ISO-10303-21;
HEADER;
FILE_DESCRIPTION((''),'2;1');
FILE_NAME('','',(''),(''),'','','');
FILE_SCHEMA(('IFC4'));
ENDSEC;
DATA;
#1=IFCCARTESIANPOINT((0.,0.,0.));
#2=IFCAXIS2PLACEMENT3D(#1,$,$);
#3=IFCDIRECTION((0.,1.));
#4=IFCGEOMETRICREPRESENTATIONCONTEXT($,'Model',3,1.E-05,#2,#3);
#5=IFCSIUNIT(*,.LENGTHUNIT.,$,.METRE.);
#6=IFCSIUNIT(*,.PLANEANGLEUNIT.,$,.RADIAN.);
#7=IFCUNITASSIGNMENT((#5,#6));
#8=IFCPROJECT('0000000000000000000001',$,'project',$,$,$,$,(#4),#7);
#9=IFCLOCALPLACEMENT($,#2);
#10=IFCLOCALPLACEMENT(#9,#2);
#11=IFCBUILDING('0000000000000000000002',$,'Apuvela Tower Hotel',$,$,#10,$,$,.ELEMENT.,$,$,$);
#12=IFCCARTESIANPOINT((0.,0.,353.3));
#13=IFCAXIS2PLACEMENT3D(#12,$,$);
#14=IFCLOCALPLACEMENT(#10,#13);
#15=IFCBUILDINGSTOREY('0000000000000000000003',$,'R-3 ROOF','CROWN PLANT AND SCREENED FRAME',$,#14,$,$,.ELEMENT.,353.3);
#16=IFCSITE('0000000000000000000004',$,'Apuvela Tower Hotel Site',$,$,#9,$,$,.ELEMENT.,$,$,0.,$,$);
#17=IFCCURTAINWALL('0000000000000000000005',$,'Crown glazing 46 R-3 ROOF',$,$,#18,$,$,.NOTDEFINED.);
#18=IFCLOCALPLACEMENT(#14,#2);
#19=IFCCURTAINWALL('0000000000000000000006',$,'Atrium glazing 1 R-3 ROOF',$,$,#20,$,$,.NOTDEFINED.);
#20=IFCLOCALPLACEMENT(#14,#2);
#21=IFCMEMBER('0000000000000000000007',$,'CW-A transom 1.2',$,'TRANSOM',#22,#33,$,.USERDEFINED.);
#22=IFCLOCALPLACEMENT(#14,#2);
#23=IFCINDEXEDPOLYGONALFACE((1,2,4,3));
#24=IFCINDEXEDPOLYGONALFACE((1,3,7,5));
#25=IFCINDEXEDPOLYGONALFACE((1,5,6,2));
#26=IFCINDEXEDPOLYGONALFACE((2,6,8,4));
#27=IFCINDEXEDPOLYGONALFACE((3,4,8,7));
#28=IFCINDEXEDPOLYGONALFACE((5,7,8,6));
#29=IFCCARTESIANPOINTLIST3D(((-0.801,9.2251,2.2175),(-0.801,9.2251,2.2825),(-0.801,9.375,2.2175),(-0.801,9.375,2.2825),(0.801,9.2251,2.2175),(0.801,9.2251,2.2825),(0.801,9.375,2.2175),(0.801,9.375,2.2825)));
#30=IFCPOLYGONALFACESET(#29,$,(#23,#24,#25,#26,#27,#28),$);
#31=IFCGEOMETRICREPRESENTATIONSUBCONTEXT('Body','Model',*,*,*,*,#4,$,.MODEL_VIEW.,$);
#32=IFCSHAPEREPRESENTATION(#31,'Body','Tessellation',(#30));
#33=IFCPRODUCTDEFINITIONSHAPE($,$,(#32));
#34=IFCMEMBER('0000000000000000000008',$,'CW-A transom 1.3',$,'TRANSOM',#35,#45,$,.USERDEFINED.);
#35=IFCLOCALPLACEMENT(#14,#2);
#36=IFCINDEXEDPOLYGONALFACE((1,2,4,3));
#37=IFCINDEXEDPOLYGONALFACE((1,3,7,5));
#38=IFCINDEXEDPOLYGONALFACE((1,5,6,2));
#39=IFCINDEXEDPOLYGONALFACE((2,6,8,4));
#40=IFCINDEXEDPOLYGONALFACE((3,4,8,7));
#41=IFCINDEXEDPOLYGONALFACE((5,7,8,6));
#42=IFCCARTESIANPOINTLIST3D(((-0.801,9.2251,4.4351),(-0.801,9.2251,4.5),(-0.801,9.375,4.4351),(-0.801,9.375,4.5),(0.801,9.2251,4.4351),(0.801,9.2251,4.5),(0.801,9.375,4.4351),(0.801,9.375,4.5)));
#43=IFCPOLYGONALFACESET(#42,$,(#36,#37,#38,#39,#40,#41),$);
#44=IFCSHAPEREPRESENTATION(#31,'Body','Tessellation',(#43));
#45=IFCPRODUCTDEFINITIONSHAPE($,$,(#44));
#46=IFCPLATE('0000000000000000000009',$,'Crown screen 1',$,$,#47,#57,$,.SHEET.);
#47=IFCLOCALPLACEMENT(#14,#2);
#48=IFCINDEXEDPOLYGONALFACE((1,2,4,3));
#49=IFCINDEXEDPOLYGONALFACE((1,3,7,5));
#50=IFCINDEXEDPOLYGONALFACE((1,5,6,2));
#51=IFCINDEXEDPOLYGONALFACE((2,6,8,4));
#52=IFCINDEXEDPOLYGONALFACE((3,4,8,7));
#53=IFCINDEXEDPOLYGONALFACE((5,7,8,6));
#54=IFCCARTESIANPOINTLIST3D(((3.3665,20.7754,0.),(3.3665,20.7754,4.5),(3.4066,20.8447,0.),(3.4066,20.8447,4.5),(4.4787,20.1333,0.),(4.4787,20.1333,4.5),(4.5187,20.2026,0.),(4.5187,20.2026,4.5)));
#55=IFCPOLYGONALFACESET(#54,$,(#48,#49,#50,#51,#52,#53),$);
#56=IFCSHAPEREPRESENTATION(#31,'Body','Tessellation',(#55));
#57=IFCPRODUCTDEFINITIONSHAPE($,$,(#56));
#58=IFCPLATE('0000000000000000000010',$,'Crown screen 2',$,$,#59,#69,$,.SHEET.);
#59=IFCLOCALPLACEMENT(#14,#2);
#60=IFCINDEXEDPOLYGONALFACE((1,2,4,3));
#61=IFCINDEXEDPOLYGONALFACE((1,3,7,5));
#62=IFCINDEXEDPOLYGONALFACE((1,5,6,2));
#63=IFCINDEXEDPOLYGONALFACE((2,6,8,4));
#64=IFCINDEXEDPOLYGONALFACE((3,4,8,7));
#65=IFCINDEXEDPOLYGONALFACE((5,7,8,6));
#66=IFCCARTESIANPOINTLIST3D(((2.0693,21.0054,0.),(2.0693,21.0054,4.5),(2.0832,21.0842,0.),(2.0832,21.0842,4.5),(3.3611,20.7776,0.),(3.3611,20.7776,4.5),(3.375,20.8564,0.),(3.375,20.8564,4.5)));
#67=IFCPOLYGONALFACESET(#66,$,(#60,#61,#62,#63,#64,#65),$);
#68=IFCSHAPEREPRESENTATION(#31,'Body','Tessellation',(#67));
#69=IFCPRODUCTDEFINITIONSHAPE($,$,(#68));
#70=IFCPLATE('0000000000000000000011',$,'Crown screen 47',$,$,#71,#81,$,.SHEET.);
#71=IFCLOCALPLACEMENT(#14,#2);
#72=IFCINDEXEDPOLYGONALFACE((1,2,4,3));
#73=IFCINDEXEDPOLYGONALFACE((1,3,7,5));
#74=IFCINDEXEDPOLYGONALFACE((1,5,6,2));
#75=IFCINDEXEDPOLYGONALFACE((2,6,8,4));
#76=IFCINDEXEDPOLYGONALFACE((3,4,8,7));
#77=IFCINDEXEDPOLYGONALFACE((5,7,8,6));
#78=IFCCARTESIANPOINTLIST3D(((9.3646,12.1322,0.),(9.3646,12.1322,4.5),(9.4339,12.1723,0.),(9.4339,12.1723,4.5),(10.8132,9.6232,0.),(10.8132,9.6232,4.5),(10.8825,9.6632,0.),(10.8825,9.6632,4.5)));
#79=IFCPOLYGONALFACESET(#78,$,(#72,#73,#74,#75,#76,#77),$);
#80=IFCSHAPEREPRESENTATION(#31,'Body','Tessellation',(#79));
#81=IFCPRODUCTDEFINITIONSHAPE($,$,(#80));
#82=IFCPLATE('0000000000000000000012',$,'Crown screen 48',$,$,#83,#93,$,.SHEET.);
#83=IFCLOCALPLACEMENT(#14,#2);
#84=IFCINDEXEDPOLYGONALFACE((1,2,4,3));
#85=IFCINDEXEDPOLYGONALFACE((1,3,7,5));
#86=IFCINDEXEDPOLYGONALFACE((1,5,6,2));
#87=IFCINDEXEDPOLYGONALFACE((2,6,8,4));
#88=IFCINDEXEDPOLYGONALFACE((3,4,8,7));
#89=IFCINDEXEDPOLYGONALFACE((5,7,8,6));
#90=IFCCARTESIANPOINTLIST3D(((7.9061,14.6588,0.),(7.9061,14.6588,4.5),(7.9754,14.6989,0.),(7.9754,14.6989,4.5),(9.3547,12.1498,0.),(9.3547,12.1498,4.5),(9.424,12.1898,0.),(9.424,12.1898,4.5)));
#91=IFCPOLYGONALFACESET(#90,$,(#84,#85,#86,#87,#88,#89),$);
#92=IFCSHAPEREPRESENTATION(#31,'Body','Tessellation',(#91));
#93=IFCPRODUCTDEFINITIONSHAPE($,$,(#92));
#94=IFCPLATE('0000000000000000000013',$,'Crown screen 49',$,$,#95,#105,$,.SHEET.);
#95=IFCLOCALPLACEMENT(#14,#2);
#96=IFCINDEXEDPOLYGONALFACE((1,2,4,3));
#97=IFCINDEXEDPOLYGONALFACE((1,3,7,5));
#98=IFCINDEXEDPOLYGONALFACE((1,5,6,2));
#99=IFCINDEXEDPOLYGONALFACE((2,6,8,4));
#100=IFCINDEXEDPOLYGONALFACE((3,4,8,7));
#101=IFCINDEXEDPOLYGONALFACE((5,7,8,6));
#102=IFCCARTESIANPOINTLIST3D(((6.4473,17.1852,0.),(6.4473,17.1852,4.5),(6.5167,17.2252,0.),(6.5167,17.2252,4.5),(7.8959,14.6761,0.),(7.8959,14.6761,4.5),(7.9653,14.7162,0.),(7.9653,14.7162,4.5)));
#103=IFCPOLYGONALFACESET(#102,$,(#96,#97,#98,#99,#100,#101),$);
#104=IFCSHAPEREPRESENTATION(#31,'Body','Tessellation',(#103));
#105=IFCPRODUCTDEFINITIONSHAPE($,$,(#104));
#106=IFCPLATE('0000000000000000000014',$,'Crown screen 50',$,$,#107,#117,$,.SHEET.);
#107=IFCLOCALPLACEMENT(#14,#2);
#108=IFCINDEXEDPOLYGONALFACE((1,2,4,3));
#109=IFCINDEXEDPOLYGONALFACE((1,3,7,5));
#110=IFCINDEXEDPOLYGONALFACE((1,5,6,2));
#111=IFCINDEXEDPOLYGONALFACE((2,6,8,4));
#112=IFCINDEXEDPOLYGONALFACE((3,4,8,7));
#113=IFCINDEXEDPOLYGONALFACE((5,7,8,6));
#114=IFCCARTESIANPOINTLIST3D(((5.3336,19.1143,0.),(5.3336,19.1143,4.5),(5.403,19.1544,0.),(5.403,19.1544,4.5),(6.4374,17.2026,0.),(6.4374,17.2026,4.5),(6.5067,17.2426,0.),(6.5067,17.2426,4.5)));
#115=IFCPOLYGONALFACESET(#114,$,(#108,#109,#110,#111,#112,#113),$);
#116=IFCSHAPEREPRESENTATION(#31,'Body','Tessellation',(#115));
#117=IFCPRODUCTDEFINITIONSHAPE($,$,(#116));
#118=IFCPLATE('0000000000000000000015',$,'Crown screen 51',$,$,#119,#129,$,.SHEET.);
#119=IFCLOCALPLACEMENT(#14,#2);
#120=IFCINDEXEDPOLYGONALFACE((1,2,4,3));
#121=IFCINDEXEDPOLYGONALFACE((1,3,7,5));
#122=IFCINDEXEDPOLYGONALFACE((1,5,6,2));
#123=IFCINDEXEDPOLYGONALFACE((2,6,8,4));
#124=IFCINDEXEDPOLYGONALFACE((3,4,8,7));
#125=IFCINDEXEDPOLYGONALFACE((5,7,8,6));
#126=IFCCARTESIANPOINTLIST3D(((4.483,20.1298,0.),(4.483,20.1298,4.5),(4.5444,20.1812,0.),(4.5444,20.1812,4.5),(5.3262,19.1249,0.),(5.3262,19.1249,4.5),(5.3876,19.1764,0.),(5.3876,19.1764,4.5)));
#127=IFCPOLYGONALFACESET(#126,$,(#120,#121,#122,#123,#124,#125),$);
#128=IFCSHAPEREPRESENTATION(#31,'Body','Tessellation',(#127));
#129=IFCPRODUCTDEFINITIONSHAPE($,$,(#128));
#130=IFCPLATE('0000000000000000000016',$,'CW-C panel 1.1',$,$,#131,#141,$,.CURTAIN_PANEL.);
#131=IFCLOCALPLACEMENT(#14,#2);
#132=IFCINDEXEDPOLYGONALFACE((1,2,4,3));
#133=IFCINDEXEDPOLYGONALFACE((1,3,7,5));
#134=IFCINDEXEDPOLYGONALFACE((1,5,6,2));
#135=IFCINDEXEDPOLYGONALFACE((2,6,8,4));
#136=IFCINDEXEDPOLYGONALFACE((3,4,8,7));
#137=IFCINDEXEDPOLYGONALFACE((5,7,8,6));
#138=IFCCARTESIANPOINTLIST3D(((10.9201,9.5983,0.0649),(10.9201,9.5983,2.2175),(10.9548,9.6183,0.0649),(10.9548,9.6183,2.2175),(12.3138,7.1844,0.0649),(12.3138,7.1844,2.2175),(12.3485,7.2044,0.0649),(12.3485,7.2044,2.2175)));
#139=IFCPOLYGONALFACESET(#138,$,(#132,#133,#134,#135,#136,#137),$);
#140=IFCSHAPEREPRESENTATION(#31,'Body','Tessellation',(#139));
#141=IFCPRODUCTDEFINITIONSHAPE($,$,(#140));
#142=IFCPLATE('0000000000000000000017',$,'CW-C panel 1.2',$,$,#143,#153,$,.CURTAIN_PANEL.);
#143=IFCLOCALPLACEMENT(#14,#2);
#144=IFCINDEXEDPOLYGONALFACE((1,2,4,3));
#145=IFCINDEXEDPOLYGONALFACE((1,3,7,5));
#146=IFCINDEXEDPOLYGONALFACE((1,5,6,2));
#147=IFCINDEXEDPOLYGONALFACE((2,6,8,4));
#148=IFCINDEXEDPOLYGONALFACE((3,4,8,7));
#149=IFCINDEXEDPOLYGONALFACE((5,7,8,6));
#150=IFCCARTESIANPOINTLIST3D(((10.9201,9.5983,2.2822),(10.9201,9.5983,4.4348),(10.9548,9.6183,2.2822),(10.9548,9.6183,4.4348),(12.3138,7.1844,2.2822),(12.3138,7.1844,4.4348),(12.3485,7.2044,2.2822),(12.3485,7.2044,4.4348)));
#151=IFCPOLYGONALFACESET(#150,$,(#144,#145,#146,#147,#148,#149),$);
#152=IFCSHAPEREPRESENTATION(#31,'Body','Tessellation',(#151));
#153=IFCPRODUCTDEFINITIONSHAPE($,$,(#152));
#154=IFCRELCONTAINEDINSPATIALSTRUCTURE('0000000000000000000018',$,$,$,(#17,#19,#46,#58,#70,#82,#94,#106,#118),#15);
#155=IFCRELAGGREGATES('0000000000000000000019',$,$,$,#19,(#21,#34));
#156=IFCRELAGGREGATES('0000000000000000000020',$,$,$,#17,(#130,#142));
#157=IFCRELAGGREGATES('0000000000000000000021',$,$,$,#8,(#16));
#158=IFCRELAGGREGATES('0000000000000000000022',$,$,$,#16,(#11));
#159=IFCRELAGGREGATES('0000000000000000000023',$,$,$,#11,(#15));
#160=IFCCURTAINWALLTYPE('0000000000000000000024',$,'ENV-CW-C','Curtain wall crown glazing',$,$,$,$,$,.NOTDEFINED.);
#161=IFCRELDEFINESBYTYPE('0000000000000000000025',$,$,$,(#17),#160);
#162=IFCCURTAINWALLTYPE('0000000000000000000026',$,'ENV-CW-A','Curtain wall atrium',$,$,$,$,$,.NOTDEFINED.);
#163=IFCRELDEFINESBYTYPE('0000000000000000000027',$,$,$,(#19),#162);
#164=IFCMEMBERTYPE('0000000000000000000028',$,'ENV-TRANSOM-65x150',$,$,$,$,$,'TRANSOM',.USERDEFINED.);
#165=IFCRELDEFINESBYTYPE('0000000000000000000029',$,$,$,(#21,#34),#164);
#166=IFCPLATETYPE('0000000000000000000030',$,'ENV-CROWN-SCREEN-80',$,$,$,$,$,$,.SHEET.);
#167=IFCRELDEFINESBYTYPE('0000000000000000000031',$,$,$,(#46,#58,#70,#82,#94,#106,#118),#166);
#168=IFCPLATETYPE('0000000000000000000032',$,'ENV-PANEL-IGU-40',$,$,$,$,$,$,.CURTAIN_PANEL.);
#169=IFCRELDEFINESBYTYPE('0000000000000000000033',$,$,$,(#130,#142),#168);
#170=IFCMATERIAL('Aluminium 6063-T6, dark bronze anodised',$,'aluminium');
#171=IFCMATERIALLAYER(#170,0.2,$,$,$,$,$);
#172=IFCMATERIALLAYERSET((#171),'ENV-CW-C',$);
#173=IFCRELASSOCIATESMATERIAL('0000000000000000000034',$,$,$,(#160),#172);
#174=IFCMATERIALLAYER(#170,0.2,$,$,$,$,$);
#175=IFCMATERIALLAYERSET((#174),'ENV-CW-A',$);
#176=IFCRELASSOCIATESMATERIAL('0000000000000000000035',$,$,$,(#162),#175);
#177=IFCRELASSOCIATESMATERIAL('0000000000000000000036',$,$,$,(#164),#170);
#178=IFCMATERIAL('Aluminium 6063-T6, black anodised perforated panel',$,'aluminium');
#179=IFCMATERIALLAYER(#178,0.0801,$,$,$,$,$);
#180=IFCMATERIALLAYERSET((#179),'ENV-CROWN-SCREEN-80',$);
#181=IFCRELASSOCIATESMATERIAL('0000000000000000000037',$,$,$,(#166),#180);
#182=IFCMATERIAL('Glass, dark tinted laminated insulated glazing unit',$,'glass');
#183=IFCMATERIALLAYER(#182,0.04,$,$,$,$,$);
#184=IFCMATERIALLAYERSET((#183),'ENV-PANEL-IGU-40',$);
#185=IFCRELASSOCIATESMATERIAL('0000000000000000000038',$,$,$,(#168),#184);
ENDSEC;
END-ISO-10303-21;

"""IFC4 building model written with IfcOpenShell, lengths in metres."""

from ifc_helpers import new_model, si_unit, direction, frame, origin, origin_2d, place, context, subcontext, project, spatial, rectangle, extrude, material, layer, layer_set, material_profile, profile_set, type_object, element, aggregate, save


model = new_model("IFC4")

# Units and contexts
model_context = context("Model", 3, precision=1e-05, world=origin(), true_north=direction((0.0, 1.0)))
body_context = subcontext(model_context, "Body", "Model", "MODEL_VIEW")
ifc_project = project(units=[si_unit("LENGTHUNIT", "METRE"), si_unit("PLANEANGLEUNIT", "RADIAN")], contexts=[model_context])

# Site, building, storey
site_placement = place(None, origin())
site = spatial("IfcSite", under=ifc_project, at=site_placement, Name="Apuvela Tower Hotel Site", CompositionType="ELEMENT", RefElevation=0.0)
building_placement = place(site_placement, origin())
building = spatial("IfcBuilding", under=site, at=building_placement, Name="Apuvela Tower Hotel", CompositionType="ELEMENT")
storey_placement = place(building_placement, frame((0.0, 0.0, 353.3)))
storey = spatial("IfcBuildingStorey", under=building, at=storey_placement, Name="R-3 ROOF", Description="CROWN PLANT AND SCREENED FRAME", CompositionType="ELEMENT", Elevation=353.3)

# Curtain walls
ifc_material_1 = material(Name="Aluminium 6063-T6, dark bronze anodised", Category="aluminium")
ifc_layer_1 = layer(ifc_material_1, 0.2)
ifc_layer_set_1 = layer_set([ifc_layer_1], Name="ENV-CW-C")
curtain_wall_type_1 = type_object("IfcCurtainWallType", Name="ENV-CW-C", Description="Curtain wall crown glazing", PredefinedType="NOTDEFINED", material=ifc_layer_set_1)
curtain_wall_1_placement = place(storey_placement, origin())
curtain_wall_1 = element("IfcCurtainWall", 1, at=curtain_wall_1_placement, inside=storey, type_object=curtain_wall_type_1, Name="Crown glazing 46 R-3 ROOF", PredefinedType="NOTDEFINED")
ifc_layer_2 = layer(ifc_material_1, 0.2)
ifc_layer_set_2 = layer_set([ifc_layer_2], Name="ENV-CW-A")
curtain_wall_type_2 = type_object("IfcCurtainWallType", Name="ENV-CW-A", Description="Curtain wall atrium", PredefinedType="NOTDEFINED", material=ifc_layer_set_2)
curtain_wall_2_placement = place(storey_placement, origin())
curtain_wall_2 = element("IfcCurtainWall", 2, at=curtain_wall_2_placement, inside=storey, type_object=curtain_wall_type_2, Name="Atrium glazing 1 R-3 ROOF", PredefinedType="NOTDEFINED")

# Members
ifc_material_profile_1 = material_profile(ifc_material_1, rectangle(XDim=0.1499, YDim=0.0649, at=origin_2d()), Name="AL 65x150 transom")
ifc_profile_set_1 = profile_set([ifc_material_profile_1], Name="Aluminium 6063-T6, dark bronze anodised")
member_type_1 = type_object("IfcMemberType", Name="ENV-TRANSOM-65x150", ElementType="TRANSOM", PredefinedType="USERDEFINED", material=ifc_profile_set_1)
member_1_placement = place(storey_placement, frame((0.801, 9.3, 2.25), z_axis=(-1.0, 0.0, 0.0), x_axis=(0.0, -1.0, 0.0)))
member_1 = element("IfcMember", 3, at=member_1_placement, type_object=member_type_1, Name="CW-A transom 1.2", ObjectType="TRANSOM", PredefinedType="USERDEFINED", context=body_context, shape_type="SweptSolid", body=[
    extrude(rectangle(XDim=0.1499, YDim=0.0649, at=origin_2d()), origin(), (0.0, 0.0, 1.0), 1.6021),
])
member_2_placement = place(storey_placement, frame((0.801, 9.3, 4.4675), z_axis=(-1.0, 0.0, 0.0), x_axis=(0.0, -1.0, 0.0)))
member_2 = element("IfcMember", 4, at=member_2_placement, type_object=member_type_1, Name="CW-A transom 1.3", ObjectType="TRANSOM", PredefinedType="USERDEFINED", context=body_context, shape_type="SweptSolid", body=[
    extrude(rectangle(XDim=0.1499, YDim=0.0649, at=origin_2d()), origin(), (0.0, 0.0, 1.0), 1.6021),
])
aggregate(curtain_wall_2, [member_1, member_2])

# Plates
ifc_material_2 = material(Name="Aluminium 6063-T6, black anodised perforated panel", Category="aluminium")
ifc_layer_3 = layer(ifc_material_2, 0.0801)
ifc_layer_set_3 = layer_set([ifc_layer_3], Name="ENV-CROWN-SCREEN-80")
plate_type_1 = type_object("IfcPlateType", Name="ENV-CROWN-SCREEN-80", PredefinedType="SHEET", material=ifc_layer_set_3)
plate_1_placement = place(storey_placement, frame((3.9426, 20.489, 0.0), z_axis=(0.0, 0.0, 1.0), x_axis=(-0.866025, 0.5, 0.0)))
element("IfcPlate", 5, at=plate_1_placement, inside=storey, type_object=plate_type_1, Name="Crown screen 1", PredefinedType="SHEET", context=body_context, shape_type="SweptSolid", body=[
    extrude(rectangle(XDim=1.2842, YDim=0.0801, at=origin_2d()), origin(), (0.0, 0.0, 1.0), 4.5),
])
plate_2_placement = place(storey_placement, frame((2.7222, 20.9309, 0.0), z_axis=(0.0, 0.0, 1.0), x_axis=(-0.984808, 0.173648, 0.0)))
element("IfcPlate", 6, at=plate_2_placement, inside=storey, type_object=plate_type_1, Name="Crown screen 2", PredefinedType="SHEET", context=body_context, shape_type="SweptSolid", body=[
    extrude(rectangle(XDim=1.3118, YDim=0.0801, at=origin_2d()), origin(), (0.0, 0.0, 1.0), 4.5),
])
for number, where, z_axis, x_axis, name in (
    (7, (10.1235, 10.8977, 0.0), (0.0, 0.0, 1.0), (-0.5, 0.866025, 0.0), "Crown screen 47"),
    (8, (8.665, 13.4243, 0.0), (0.0, 0.0, 1.0), (-0.5, 0.866025, 0.0), "Crown screen 48"),
    (9, (7.2063, 15.9507, 0.0), (0.0, 0.0, 1.0), (-0.5, 0.866025, 0.0), "Crown screen 49"),
):
    element("IfcPlate", number, at=place(storey_placement, frame(where, z_axis=z_axis, x_axis=x_axis)), inside=storey, type_object=plate_type_1, Name=name, PredefinedType="SHEET", context=body_context, shape_type="SweptSolid", body=[
        extrude(rectangle(XDim=2.8972, YDim=0.0801, at=origin_2d()), origin(), (0.0, 0.0, 1.0), 4.5),
    ])
plate_3_placement = place(storey_placement, frame((5.9202, 18.1785, 0.0), z_axis=(0.0, 0.0, 1.0), x_axis=(-0.5, 0.866025, 0.0)))
element("IfcPlate", 10, at=plate_3_placement, inside=storey, type_object=plate_type_1, Name="Crown screen 50", PredefinedType="SHEET", context=body_context, shape_type="SweptSolid", body=[
    extrude(rectangle(XDim=2.2075, YDim=0.0801, at=origin_2d()), origin(), (0.0, 0.0, 1.0), 4.5),
])
plate_4_placement = place(storey_placement, frame((4.9353, 19.6531, 0.0), z_axis=(0.0, 0.0, 1.0), x_axis=(-0.642788, 0.766044, 0.0)))
element("IfcPlate", 11, at=plate_4_placement, inside=storey, type_object=plate_type_1, Name="Crown screen 51", PredefinedType="SHEET", context=body_context, shape_type="SweptSolid", body=[
    extrude(rectangle(XDim=1.3118, YDim=0.0801, at=origin_2d()), origin(), (0.0, 0.0, 1.0), 4.5),
])

# Plates
ifc_material_3 = material(Name="Glass, dark tinted laminated insulated glazing unit", Category="glass")
ifc_layer_4 = layer(ifc_material_3, 0.04)
ifc_layer_set_4 = layer_set([ifc_layer_4], Name="ENV-PANEL-IGU-40")
plate_type_2 = type_object("IfcPlateType", Name="ENV-PANEL-IGU-40", PredefinedType="CURTAIN_PANEL", material=ifc_layer_set_4)
plate_5_placement = place(storey_placement, frame((11.6343, 8.4014, 0.0649), z_axis=(0.0, 0.0, 1.0), x_axis=(-0.500006, 0.866022, 0.0)))
plate_5 = element("IfcPlate", 12, at=plate_5_placement, type_object=plate_type_2, Name="CW-C panel 1.1", PredefinedType="CURTAIN_PANEL", context=body_context, shape_type="SweptSolid", body=[
    extrude(rectangle(XDim=2.7874, YDim=0.04, at=origin_2d()), origin(), (0.0, 0.0, 1.0), 2.1526),
])
plate_6_placement = place(storey_placement, frame((11.6343, 8.4014, 2.2822), z_axis=(0.0, 0.0, 1.0), x_axis=(-0.500006, 0.866022, 0.0)))
plate_6 = element("IfcPlate", 13, at=plate_6_placement, type_object=plate_type_2, Name="CW-C panel 1.2", PredefinedType="CURTAIN_PANEL", context=body_context, shape_type="SweptSolid", body=[
    extrude(rectangle(XDim=2.7874, YDim=0.04, at=origin_2d()), origin(), (0.0, 0.0, 1.0), 2.1526),
])
aggregate(curtain_wall_1, [plate_5, plate_6])

save(model, "model.ifc")
